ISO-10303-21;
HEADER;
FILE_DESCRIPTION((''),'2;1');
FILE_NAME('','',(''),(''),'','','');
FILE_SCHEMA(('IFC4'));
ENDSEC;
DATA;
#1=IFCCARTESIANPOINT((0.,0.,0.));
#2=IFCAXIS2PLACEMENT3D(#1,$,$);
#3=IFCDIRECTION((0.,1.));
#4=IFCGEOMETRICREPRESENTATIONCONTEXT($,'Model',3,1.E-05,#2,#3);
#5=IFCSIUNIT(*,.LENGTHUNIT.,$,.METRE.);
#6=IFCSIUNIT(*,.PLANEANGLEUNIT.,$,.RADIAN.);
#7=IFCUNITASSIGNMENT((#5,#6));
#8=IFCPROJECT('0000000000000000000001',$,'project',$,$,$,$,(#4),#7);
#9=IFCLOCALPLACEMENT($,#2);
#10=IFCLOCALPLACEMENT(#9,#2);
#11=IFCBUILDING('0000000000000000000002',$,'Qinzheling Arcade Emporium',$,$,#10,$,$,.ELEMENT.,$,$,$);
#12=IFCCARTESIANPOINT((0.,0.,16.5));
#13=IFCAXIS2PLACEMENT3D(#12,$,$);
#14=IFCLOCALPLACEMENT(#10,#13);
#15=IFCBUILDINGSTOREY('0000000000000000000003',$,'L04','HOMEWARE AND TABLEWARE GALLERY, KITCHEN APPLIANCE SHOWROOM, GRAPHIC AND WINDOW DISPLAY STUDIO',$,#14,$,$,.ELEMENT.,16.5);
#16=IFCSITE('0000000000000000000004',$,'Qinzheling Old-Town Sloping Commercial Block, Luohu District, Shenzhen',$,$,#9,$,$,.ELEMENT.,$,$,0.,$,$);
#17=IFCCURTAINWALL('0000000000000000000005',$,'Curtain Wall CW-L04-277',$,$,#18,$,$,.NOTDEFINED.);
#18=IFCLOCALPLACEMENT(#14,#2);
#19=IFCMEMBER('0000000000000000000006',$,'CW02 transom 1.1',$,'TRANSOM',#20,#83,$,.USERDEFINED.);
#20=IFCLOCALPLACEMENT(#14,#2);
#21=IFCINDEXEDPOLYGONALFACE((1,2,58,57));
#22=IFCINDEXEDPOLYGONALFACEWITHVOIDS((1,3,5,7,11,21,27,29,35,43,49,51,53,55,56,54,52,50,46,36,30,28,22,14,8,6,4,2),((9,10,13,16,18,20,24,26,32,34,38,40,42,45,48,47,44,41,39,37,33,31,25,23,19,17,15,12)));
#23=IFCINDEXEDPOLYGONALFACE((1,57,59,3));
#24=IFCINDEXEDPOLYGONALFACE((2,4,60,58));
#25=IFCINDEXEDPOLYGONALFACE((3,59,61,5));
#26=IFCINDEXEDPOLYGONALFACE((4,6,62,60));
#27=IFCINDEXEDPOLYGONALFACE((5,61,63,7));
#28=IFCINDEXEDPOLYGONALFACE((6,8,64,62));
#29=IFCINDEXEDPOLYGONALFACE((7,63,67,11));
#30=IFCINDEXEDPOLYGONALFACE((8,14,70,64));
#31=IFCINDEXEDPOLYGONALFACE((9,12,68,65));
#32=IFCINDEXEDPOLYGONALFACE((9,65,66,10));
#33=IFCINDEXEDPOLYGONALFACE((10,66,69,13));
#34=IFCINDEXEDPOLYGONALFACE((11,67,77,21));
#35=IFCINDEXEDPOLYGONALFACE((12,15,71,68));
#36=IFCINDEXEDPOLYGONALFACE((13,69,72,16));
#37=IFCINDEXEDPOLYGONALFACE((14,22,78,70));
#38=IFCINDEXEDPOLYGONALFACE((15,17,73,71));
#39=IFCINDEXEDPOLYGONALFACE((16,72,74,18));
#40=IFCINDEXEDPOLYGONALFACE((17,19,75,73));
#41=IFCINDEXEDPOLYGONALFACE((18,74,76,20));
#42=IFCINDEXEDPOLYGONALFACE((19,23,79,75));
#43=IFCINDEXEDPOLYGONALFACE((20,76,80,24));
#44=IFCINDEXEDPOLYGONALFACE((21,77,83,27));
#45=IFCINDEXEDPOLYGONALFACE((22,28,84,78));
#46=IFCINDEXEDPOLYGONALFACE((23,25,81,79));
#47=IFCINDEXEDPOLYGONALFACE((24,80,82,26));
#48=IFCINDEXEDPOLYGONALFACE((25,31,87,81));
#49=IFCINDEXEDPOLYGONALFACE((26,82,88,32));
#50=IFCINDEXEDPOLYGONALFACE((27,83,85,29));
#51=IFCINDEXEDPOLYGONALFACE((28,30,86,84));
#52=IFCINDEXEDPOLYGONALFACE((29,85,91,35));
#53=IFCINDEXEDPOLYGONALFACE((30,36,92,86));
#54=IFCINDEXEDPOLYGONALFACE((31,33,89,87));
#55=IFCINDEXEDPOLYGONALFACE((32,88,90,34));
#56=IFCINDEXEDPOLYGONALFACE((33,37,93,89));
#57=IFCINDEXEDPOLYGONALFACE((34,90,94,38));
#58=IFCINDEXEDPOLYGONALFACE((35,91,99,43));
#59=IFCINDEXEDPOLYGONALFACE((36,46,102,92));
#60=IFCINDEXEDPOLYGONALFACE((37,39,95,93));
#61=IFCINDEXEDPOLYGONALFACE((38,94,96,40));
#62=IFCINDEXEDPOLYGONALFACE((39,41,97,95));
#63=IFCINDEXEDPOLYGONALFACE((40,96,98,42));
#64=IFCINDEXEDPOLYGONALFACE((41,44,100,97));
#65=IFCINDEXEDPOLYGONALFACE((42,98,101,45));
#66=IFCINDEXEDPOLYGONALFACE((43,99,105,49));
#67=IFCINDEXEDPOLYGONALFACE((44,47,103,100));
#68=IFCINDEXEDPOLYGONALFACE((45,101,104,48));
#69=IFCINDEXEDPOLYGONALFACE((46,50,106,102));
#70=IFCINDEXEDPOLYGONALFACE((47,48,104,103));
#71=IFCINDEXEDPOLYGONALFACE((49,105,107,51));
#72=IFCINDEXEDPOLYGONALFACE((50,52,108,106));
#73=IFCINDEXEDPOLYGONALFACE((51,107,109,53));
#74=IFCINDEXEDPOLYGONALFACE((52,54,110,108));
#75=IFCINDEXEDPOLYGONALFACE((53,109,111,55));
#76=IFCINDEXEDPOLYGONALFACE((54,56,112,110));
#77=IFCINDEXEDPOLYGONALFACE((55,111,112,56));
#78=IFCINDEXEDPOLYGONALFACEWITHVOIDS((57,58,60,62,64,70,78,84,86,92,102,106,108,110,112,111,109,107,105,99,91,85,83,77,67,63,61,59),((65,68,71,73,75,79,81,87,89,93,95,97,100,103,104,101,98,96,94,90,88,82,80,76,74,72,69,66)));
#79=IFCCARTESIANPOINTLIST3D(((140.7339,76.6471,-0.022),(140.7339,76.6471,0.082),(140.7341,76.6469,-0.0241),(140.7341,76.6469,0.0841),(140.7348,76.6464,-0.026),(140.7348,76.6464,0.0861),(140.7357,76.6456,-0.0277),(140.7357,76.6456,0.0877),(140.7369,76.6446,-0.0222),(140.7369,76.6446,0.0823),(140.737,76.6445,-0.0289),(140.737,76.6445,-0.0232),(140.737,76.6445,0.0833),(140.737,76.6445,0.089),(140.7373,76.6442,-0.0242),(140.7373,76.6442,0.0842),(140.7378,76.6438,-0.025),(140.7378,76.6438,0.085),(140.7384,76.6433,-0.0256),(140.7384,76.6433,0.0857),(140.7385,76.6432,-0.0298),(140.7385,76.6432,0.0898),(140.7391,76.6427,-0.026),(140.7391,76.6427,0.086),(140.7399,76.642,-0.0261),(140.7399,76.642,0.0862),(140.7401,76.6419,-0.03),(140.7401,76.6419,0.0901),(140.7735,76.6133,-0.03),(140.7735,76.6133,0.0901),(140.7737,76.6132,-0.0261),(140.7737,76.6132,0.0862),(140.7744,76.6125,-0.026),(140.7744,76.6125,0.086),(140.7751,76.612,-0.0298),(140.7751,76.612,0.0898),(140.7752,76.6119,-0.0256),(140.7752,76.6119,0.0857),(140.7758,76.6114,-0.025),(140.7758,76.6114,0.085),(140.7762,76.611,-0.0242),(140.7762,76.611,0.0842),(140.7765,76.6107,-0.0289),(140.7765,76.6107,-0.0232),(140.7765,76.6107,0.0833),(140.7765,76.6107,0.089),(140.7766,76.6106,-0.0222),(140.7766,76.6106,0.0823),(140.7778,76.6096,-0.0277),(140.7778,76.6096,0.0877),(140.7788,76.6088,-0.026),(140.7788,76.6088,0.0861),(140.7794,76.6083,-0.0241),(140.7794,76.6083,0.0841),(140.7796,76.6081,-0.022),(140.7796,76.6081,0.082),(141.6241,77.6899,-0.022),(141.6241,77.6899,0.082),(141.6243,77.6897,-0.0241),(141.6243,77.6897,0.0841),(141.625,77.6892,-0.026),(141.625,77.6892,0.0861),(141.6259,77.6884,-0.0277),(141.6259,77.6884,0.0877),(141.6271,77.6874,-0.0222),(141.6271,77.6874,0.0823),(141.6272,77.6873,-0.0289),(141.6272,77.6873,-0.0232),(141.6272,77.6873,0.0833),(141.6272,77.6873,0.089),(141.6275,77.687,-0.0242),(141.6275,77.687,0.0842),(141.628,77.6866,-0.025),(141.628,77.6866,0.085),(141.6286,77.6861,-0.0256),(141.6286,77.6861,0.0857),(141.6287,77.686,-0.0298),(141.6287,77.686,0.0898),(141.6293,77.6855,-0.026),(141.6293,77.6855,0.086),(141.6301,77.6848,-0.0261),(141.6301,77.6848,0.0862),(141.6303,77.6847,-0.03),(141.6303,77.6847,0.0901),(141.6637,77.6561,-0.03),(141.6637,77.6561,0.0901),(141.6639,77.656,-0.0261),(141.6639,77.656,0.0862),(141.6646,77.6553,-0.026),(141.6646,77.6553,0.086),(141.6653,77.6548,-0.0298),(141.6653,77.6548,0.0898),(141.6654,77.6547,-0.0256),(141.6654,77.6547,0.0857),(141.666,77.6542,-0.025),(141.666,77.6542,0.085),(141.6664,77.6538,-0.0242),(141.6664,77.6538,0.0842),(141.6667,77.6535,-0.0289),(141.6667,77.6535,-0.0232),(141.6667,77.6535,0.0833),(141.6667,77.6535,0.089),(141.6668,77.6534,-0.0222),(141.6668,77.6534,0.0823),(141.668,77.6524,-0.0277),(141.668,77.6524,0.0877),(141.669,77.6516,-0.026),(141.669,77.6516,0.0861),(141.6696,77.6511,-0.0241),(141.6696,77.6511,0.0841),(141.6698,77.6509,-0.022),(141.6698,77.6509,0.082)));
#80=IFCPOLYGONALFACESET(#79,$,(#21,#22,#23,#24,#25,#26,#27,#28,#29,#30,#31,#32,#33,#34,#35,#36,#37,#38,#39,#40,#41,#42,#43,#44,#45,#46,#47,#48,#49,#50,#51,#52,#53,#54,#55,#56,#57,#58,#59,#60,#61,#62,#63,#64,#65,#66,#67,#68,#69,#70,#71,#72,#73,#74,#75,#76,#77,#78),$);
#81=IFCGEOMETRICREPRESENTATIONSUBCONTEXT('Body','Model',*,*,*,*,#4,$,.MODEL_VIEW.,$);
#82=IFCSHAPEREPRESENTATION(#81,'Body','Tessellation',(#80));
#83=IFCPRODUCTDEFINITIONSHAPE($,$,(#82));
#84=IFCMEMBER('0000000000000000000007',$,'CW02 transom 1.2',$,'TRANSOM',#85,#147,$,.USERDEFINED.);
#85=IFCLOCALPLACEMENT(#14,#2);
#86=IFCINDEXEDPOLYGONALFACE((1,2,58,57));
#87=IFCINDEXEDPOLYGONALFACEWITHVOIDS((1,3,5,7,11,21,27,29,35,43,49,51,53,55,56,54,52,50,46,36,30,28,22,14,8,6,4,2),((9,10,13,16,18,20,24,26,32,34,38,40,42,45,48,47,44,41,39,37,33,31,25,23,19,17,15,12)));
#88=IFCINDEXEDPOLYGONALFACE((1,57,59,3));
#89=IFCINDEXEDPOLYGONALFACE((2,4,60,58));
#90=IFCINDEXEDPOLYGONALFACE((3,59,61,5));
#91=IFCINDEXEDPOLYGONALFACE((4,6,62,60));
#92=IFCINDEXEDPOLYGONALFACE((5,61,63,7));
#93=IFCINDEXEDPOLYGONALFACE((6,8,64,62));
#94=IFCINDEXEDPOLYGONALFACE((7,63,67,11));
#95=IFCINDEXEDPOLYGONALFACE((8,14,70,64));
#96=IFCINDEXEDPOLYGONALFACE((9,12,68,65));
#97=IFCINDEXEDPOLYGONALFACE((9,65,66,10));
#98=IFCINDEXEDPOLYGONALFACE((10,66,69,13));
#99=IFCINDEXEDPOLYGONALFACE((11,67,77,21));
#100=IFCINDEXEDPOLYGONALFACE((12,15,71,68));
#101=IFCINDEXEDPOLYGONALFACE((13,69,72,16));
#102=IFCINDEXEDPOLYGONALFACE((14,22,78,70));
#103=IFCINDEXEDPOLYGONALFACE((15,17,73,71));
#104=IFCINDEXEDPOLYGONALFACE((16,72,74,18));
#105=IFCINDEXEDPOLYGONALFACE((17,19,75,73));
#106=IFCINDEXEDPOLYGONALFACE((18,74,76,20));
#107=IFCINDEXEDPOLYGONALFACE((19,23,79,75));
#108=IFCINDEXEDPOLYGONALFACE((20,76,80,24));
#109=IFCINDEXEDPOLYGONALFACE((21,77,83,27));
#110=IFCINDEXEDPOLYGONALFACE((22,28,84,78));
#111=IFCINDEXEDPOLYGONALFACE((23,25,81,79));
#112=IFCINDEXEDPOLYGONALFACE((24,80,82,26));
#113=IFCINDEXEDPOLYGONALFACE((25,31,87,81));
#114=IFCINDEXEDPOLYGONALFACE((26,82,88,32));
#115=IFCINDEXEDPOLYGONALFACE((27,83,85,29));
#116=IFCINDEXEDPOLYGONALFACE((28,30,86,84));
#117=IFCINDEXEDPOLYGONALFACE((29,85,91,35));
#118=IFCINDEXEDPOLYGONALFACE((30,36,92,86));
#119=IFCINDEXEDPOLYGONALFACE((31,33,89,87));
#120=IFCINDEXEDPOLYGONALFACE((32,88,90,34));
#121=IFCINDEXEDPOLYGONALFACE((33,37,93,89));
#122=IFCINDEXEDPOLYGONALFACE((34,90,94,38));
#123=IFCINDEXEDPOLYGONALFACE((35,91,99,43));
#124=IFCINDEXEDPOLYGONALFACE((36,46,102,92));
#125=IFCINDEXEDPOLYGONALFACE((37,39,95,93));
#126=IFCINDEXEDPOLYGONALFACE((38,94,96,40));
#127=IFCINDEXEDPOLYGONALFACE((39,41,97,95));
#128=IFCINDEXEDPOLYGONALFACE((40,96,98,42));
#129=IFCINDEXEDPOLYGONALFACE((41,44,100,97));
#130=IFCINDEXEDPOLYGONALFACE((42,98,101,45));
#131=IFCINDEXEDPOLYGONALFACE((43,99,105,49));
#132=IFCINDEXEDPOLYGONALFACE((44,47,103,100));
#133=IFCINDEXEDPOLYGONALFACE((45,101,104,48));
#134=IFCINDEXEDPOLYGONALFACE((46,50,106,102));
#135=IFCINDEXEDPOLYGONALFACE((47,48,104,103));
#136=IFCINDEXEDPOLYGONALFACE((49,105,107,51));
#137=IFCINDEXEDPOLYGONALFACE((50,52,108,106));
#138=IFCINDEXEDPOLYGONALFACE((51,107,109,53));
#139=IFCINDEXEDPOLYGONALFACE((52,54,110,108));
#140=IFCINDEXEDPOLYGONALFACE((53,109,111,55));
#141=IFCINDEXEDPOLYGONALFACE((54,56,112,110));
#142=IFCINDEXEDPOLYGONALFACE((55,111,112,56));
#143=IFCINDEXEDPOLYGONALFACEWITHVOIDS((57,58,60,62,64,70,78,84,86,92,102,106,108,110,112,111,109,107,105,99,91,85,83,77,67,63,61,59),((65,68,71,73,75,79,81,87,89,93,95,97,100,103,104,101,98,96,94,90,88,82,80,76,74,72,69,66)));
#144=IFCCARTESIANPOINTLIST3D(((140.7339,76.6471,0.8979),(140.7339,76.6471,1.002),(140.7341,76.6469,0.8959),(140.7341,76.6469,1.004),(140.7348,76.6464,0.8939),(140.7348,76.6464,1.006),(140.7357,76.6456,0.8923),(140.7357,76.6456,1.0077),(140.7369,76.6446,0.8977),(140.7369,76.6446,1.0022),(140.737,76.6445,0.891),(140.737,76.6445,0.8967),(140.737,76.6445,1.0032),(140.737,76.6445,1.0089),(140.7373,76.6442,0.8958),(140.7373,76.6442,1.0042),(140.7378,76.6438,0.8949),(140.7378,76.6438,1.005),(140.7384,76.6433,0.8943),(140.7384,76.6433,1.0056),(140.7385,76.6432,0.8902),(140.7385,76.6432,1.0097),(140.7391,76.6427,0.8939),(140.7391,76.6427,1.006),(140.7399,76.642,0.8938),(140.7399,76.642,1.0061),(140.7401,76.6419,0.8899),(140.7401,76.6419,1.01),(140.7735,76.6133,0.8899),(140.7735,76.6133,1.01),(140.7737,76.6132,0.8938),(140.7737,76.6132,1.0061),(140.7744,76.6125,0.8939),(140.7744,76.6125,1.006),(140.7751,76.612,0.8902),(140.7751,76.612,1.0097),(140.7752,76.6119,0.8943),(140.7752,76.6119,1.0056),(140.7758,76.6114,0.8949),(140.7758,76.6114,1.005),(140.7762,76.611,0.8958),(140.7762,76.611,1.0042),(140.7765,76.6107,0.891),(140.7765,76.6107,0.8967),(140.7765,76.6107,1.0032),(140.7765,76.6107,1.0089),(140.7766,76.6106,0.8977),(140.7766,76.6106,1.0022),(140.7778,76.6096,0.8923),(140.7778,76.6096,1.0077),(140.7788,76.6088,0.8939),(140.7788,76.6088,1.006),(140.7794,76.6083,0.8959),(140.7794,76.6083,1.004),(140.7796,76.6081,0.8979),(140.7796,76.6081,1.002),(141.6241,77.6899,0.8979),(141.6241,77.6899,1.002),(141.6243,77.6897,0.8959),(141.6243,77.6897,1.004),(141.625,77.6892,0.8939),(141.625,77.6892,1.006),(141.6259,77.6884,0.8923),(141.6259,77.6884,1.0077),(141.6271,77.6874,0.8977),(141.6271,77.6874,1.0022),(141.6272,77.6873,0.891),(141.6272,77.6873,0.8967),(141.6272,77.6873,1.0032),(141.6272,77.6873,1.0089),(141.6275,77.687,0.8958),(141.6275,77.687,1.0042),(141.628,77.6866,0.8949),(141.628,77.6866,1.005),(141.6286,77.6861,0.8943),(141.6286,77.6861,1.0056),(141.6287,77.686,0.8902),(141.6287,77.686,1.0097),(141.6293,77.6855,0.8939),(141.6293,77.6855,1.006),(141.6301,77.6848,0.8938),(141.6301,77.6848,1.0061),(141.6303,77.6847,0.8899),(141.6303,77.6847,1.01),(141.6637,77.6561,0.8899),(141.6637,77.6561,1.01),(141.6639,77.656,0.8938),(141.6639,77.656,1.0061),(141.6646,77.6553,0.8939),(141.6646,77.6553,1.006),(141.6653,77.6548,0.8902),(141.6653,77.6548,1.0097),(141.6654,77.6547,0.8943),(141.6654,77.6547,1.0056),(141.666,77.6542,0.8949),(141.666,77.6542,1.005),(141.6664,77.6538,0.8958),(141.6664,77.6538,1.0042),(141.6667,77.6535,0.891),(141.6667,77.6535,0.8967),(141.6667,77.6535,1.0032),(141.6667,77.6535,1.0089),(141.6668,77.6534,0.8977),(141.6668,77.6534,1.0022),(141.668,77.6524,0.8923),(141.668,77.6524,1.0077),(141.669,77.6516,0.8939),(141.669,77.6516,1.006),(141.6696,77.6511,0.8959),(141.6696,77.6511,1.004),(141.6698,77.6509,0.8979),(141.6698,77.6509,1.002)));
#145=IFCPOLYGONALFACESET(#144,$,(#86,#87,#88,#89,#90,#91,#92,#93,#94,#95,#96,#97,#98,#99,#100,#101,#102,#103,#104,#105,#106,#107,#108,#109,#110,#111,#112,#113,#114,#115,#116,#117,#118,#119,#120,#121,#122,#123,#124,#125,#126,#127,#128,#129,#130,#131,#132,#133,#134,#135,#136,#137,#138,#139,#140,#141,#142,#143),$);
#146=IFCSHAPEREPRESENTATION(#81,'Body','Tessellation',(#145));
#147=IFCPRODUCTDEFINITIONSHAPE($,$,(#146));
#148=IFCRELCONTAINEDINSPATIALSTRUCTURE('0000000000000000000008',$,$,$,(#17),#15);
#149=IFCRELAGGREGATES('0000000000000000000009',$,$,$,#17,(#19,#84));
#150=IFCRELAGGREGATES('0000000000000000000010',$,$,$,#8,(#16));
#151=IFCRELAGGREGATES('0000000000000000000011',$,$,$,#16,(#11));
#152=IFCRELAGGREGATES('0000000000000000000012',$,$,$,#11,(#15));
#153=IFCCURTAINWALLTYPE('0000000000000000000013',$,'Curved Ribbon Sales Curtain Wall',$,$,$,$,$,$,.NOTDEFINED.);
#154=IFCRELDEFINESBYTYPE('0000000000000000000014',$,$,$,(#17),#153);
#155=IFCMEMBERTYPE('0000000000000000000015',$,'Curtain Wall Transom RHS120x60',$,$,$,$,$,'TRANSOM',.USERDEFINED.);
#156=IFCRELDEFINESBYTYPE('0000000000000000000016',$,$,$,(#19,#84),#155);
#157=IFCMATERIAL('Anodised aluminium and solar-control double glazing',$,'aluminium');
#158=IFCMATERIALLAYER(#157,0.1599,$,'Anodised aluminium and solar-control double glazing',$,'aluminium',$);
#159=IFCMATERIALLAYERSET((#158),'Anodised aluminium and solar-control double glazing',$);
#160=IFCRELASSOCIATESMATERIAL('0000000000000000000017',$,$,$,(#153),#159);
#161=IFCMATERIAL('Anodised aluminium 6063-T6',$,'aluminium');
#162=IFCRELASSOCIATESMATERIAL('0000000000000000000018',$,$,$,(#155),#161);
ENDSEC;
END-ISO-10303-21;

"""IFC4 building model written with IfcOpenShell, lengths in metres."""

from ifc_helpers import new_model, si_unit, direction, frame, origin, origin_2d, place, context, subcontext, project, spatial, hollow_rectangle, extrude, material, layer, layer_set, material_profile, profile_set, type_object, element, aggregate, save


model = new_model("IFC4")

# Units and contexts
model_context = context("Model", 3, precision=1e-05, world=origin(), true_north=direction((0.0, 1.0)))
body_context = subcontext(model_context, "Body", "Model", "MODEL_VIEW")
ifc_project = project(units=[si_unit("LENGTHUNIT", "METRE"), si_unit("PLANEANGLEUNIT", "RADIAN")], contexts=[model_context])

# Site, building, storey
site_placement = place(None, origin())
site = spatial("IfcSite", under=ifc_project, at=site_placement, Name="Qinzheling Old-Town Sloping Commercial Block, Luohu District, Shenzhen", CompositionType="ELEMENT", RefElevation=0.0)
building_placement = place(site_placement, origin())
building = spatial("IfcBuilding", under=site, at=building_placement, Name="Qinzheling Arcade Emporium", CompositionType="ELEMENT")
storey_placement = place(building_placement, frame((0.0, 0.0, 16.5)))
storey = spatial("IfcBuildingStorey", under=building, at=storey_placement, Name="L04", Description="HOMEWARE AND TABLEWARE GALLERY, KITCHEN APPLIANCE SHOWROOM, GRAPHIC AND WINDOW DISPLAY STUDIO", CompositionType="ELEMENT", Elevation=16.5)

# Shared definitions
ifc_material_1 = material(Name="Anodised aluminium and solar-control double glazing", Category="aluminium")
ifc_layer_1 = layer(ifc_material_1, 0.1599, Name="Anodised aluminium and solar-control double glazing", Category="aluminium")
ifc_layer_set_1 = layer_set([ifc_layer_1], Name="Anodised aluminium and solar-control double glazing")
curtain_wall_type = type_object("IfcCurtainWallType", Name="Curved Ribbon Sales Curtain Wall", PredefinedType="NOTDEFINED", material=ifc_layer_set_1)
ifc_material_2 = material(Name="Anodised aluminium 6063-T6", Category="aluminium")

# Curtain wall
curtain_wall_1_placement = place(storey_placement, origin())
curtain_wall_1 = element("IfcCurtainWall", 1, at=curtain_wall_1_placement, inside=storey, type_object=curtain_wall_type, Name="Curtain Wall CW-L04-277", PredefinedType="NOTDEFINED")

# Members
ifc_material_profile_1 = material_profile(ifc_material_2, hollow_rectangle(XDim=0.0601, YDim=0.1201, WallThickness=0.0039, InnerFilletRadius=0.0039, OuterFilletRadius=0.0081, at=origin_2d()), Name="RHS 120x60x4", Category="aluminium")
ifc_profile_set_1 = profile_set([ifc_material_profile_1], Name="Anodised aluminium 6063-T6")
member_type_1 = type_object("IfcMemberType", Name="Curtain Wall Transom RHS120x60", ElementType="TRANSOM", PredefinedType="USERDEFINED", material=ifc_profile_set_1)
member_1_placement = place(storey_placement, frame((141.647, 77.6704, 0.03), z_axis=(-0.649265, -0.760562, 0.0), x_axis=(0.760562, -0.649265, 0.0)))
member_1 = element("IfcMember", 2, at=member_1_placement, type_object=member_type_1, Name="CW02 transom 1.1", ObjectType="TRANSOM", PredefinedType="USERDEFINED", context=body_context, shape_type="SweptSolid", body=[
    extrude(hollow_rectangle(XDim=0.0601, YDim=0.1201, WallThickness=0.0039, InnerFilletRadius=0.0039, OuterFilletRadius=0.0081, at=origin_2d()), origin(), (0.0, 0.0, 1.0), 1.3711),
])
member_2_placement = place(storey_placement, frame((141.647, 77.6704, 0.95), z_axis=(-0.649265, -0.760562, 0.0), x_axis=(0.760562, -0.649265, 0.0)))
member_2 = element("IfcMember", 3, at=member_2_placement, type_object=member_type_1, Name="CW02 transom 1.2", ObjectType="TRANSOM", PredefinedType="USERDEFINED", context=body_context, shape_type="SweptSolid", body=[
    extrude(hollow_rectangle(XDim=0.0601, YDim=0.1201, WallThickness=0.0039, InnerFilletRadius=0.0039, OuterFilletRadius=0.0081, at=origin_2d()), origin(), (0.0, 0.0, 1.0), 1.3711),
])

aggregate(curtain_wall_1, [member_1, member_2])

save(model, "model.ifc")
